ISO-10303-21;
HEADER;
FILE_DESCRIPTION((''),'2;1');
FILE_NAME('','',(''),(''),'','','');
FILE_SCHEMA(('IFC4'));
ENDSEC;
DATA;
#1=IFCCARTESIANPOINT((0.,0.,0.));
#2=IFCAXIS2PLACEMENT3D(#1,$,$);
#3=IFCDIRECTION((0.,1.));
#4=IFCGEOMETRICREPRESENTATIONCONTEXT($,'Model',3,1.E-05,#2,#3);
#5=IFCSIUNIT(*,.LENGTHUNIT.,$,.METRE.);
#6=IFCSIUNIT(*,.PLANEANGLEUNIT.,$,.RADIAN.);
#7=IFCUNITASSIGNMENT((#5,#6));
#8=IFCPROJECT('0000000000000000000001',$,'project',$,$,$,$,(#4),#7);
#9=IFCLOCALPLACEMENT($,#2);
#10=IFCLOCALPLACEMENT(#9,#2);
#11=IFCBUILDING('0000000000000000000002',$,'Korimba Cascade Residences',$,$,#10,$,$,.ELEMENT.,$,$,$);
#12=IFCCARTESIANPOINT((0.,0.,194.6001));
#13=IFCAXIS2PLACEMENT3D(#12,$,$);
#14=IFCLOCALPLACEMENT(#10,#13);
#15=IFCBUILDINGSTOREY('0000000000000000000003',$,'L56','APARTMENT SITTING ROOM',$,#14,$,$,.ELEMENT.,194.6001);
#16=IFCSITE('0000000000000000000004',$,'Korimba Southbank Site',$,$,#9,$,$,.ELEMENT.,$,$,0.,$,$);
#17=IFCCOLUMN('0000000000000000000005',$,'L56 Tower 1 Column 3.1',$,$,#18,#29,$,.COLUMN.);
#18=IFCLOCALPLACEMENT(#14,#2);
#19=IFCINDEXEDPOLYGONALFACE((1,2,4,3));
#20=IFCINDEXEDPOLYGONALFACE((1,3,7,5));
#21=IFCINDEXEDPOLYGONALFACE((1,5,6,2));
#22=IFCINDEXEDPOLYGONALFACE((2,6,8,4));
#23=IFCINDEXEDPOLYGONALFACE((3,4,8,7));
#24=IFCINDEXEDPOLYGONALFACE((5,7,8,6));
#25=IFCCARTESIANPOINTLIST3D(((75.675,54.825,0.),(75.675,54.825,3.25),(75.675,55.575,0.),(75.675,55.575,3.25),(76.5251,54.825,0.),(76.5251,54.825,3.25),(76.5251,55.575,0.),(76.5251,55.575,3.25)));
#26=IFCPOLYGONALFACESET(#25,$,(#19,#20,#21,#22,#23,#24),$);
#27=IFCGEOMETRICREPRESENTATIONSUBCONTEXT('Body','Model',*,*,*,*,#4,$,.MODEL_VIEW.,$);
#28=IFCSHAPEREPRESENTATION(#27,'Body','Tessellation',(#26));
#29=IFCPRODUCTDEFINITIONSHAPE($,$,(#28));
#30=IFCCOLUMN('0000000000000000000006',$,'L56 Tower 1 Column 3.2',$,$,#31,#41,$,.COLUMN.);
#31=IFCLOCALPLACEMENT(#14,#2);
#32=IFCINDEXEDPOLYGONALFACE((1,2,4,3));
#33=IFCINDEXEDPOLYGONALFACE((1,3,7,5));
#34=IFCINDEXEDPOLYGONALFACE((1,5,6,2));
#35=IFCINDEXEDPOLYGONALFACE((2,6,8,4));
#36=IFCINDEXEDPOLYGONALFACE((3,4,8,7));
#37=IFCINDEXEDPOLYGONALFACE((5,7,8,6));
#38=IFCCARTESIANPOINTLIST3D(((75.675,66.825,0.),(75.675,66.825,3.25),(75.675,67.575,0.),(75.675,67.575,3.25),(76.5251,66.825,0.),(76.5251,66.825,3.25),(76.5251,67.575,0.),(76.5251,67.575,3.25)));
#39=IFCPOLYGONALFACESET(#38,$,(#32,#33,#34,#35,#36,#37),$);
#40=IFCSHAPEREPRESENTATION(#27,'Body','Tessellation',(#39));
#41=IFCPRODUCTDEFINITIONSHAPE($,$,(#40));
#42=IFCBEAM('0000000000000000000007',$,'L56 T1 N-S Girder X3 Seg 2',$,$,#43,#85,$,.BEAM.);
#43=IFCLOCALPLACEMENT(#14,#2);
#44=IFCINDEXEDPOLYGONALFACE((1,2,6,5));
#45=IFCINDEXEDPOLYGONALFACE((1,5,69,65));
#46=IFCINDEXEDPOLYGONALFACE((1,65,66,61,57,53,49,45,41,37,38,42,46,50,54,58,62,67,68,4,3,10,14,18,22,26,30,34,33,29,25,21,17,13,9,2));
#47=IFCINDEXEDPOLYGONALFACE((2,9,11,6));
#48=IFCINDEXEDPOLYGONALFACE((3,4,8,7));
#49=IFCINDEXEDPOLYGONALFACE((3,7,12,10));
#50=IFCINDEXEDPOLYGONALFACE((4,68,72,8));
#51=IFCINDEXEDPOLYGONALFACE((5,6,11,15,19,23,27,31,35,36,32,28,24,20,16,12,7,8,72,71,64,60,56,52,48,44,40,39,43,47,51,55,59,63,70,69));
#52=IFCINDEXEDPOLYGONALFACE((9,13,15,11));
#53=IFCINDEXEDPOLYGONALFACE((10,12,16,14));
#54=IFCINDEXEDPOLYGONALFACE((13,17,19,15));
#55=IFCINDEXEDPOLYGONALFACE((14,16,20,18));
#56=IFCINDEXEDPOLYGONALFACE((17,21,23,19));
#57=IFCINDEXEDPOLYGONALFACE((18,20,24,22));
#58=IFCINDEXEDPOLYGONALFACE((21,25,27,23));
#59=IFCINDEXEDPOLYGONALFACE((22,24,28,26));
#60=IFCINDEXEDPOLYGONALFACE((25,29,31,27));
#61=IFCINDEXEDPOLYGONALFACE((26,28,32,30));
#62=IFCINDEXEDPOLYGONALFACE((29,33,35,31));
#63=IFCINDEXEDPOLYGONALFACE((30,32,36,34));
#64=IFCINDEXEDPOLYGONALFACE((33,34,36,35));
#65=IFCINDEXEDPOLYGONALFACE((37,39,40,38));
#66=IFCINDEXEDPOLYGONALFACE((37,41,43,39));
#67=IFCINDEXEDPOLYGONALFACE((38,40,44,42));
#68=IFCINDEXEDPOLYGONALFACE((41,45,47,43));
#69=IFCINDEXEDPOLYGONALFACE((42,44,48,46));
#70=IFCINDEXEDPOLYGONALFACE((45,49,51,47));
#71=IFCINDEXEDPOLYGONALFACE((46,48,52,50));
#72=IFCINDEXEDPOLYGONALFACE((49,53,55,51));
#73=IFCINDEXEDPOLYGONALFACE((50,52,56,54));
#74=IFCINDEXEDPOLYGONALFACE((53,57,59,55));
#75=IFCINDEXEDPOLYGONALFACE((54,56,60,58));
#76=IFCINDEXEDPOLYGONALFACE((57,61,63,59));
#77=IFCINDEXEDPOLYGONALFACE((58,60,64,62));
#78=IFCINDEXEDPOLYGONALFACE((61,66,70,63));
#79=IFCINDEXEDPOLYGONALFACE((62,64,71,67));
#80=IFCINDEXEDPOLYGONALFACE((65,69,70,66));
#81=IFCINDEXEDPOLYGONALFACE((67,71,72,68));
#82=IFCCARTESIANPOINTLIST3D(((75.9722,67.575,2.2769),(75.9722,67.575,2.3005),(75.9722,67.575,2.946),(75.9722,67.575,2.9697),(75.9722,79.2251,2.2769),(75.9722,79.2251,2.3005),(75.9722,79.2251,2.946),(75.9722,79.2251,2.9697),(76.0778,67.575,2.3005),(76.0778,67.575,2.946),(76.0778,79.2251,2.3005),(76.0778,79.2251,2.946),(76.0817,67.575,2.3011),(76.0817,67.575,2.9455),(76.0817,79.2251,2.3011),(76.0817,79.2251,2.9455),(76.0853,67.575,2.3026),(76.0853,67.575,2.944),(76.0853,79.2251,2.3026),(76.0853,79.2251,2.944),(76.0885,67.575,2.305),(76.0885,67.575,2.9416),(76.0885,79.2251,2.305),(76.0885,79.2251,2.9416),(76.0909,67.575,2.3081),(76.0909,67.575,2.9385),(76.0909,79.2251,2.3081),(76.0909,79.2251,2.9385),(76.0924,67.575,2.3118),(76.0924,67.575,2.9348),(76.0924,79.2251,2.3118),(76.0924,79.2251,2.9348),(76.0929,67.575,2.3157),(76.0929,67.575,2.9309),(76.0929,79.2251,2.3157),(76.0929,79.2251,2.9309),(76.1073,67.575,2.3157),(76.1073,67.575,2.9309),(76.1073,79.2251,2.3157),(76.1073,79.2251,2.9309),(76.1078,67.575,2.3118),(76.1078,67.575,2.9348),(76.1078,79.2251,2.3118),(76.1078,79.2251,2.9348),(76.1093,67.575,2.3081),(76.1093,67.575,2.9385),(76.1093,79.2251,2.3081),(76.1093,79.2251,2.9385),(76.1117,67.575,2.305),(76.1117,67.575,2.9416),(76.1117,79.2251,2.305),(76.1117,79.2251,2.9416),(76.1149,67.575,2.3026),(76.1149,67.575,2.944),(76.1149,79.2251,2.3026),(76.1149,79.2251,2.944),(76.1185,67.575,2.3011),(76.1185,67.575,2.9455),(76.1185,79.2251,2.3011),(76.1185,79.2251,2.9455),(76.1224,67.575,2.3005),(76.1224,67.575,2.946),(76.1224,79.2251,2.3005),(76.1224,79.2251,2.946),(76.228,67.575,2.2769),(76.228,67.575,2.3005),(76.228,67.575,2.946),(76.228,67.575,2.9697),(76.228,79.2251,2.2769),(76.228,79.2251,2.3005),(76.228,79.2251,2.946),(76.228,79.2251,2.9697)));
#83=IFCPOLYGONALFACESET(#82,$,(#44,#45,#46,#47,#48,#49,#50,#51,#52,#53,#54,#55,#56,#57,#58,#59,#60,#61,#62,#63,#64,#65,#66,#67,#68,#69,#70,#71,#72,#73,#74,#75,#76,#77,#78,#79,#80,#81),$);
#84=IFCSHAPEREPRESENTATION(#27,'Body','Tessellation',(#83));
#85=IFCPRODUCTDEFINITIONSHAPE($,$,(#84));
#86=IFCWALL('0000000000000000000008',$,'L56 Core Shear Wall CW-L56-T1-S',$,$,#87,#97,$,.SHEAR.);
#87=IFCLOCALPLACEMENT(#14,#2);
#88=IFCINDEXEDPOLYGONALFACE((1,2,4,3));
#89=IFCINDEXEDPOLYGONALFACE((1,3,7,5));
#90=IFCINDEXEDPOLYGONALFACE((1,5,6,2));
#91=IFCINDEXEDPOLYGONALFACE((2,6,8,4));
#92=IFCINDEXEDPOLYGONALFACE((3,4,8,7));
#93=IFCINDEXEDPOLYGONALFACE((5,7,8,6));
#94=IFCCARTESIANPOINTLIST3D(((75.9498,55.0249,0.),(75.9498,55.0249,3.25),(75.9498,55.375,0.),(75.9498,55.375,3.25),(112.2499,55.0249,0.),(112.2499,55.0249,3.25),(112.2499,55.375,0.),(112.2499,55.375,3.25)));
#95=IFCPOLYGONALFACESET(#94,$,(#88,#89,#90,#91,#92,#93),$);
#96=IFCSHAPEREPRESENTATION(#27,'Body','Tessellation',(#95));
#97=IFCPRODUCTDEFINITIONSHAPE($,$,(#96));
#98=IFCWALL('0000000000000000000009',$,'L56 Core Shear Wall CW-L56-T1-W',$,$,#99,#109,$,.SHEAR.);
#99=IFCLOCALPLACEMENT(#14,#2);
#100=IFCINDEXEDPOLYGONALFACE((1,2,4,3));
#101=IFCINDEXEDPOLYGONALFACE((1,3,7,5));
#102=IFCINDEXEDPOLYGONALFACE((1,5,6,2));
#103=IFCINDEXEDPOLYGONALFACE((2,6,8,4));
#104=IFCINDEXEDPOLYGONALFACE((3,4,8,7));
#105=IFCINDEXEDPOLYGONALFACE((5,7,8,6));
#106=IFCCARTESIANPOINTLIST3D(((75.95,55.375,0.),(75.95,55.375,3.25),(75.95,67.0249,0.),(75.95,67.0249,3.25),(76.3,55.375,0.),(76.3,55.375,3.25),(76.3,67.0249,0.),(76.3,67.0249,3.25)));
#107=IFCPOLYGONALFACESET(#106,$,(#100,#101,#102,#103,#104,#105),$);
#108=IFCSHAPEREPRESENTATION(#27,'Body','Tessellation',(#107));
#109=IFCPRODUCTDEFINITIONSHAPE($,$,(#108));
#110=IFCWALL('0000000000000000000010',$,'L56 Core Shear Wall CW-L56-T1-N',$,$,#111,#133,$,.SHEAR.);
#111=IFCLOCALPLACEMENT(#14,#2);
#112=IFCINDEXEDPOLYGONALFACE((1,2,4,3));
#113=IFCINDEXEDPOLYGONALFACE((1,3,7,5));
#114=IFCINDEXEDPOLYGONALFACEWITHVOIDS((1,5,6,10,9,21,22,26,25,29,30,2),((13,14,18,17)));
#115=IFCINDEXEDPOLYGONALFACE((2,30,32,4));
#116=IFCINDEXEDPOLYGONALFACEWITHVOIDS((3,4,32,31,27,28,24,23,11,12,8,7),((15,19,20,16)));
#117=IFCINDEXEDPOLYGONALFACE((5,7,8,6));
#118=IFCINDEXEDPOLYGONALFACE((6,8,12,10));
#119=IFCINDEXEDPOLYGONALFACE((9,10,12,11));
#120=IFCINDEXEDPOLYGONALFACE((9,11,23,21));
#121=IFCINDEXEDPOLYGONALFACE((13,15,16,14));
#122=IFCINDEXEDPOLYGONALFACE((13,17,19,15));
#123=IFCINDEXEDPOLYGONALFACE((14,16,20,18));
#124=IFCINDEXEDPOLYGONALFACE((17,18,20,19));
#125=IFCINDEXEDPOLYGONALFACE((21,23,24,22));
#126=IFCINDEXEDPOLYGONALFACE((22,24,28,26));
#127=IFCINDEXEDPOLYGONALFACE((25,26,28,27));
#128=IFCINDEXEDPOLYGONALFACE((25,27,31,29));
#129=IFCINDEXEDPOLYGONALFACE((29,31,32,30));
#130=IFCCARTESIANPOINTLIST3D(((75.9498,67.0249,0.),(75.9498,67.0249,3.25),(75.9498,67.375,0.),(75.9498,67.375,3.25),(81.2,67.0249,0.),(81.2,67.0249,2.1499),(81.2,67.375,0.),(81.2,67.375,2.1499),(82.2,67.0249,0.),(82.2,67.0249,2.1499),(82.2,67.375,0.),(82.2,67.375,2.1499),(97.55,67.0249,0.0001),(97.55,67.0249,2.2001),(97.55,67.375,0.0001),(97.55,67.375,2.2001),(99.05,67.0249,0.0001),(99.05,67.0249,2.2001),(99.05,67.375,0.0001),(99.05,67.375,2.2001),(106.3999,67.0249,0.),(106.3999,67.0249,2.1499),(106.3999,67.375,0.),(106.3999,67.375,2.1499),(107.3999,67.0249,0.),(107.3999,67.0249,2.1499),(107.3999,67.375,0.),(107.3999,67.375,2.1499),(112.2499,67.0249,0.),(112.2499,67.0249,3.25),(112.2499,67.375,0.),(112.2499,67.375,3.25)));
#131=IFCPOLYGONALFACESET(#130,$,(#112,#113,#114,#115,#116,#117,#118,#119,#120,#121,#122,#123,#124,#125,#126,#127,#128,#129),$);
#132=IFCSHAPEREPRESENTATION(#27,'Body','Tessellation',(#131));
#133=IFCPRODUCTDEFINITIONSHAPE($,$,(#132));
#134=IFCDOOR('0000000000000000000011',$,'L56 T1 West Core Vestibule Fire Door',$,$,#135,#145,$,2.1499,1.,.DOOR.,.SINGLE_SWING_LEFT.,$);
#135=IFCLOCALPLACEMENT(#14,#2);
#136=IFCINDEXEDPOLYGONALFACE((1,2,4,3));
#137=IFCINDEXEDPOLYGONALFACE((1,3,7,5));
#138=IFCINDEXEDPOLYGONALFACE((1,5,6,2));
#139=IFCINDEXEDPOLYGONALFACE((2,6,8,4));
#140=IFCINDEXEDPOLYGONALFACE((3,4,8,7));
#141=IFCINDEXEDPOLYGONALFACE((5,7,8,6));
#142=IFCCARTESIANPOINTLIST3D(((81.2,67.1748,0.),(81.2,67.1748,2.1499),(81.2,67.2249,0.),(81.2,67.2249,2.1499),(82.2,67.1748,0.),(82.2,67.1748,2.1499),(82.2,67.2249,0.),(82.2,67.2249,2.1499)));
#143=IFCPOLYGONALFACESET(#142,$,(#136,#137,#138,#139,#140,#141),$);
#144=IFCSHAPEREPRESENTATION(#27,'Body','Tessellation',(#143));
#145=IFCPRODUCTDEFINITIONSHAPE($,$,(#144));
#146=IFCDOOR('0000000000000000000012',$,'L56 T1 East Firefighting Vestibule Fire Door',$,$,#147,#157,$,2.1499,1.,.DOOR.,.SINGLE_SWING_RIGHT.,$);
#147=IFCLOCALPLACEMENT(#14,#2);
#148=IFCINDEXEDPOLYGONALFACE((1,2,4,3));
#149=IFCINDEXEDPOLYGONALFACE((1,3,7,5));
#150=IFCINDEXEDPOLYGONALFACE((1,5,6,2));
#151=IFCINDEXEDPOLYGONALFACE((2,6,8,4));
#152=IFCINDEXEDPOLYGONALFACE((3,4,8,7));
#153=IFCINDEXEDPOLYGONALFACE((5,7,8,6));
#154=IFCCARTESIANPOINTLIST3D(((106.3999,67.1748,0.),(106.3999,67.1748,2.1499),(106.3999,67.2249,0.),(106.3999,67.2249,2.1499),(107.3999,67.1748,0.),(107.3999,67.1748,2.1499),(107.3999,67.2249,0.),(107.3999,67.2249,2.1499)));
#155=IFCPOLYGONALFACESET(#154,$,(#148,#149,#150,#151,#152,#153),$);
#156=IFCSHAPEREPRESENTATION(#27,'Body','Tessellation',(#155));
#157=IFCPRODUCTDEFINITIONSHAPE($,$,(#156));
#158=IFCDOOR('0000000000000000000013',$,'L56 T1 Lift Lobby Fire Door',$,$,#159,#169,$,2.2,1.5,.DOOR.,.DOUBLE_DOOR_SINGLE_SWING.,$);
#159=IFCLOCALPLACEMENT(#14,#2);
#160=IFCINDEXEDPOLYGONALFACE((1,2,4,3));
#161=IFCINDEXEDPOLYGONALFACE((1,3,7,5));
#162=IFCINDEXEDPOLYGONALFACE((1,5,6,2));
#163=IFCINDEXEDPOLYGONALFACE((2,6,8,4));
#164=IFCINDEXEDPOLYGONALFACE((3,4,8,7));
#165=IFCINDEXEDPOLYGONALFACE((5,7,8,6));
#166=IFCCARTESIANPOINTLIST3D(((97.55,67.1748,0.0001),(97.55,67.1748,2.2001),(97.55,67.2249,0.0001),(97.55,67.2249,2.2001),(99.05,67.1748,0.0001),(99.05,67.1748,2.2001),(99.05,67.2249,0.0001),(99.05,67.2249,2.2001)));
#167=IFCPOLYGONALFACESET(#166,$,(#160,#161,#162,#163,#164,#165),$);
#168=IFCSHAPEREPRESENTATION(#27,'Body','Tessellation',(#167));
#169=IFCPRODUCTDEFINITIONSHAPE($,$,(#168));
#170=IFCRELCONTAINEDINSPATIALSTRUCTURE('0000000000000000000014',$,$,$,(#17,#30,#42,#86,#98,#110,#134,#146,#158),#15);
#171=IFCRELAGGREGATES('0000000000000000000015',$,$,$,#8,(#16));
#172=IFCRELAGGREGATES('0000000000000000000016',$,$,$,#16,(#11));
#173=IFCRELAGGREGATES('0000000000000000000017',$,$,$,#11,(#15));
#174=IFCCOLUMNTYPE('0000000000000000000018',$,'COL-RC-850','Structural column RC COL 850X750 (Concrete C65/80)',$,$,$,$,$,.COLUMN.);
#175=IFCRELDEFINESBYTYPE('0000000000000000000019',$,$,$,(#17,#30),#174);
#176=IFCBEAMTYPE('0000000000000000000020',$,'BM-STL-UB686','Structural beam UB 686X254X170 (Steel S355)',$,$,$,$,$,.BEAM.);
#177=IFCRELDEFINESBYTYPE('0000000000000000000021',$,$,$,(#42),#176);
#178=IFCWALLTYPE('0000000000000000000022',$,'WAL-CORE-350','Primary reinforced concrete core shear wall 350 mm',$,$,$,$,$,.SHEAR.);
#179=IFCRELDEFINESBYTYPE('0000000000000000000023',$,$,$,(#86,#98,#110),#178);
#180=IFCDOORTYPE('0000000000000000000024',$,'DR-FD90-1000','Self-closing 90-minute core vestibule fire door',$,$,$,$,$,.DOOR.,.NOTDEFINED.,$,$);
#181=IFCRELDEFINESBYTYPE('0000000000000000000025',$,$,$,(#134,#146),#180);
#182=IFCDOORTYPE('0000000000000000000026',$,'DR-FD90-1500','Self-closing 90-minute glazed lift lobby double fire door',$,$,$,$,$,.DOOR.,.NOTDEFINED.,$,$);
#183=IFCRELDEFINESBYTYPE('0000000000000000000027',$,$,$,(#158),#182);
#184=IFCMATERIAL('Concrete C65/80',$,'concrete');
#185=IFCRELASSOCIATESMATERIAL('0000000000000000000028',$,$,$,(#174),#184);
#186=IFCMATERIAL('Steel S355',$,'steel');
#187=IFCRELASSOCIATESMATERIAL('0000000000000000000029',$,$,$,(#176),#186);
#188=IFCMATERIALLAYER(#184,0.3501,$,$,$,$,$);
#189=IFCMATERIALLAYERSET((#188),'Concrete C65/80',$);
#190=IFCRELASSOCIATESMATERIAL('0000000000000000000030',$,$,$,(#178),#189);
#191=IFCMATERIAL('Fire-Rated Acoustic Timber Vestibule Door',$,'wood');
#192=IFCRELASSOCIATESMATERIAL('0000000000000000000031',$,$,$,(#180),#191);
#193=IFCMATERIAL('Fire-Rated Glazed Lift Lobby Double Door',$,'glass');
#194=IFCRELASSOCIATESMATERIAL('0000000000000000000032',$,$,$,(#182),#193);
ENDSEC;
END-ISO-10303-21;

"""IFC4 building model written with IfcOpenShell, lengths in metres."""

from ifc_helpers import new_model, si_unit, direction, frame, frame_2d, origin, origin_2d, place, context, subcontext, project, spatial, rectangle, i_section, extrude, material, layer, layer_set, material_profile, profile_set, type_object, element, fill, save


model = new_model("IFC4")

# Units and contexts
model_context = context("Model", 3, precision=1e-05, world=origin(), true_north=direction((0.0, 1.0)))
body_context = subcontext(model_context, "Body", "Model", "MODEL_VIEW")
ifc_project = project(units=[si_unit("LENGTHUNIT", "METRE"), si_unit("PLANEANGLEUNIT", "RADIAN")], contexts=[model_context])

# Site, building, storey
site_placement = place(None, origin())
site = spatial("IfcSite", under=ifc_project, at=site_placement, Name="Korimba Southbank Site", CompositionType="ELEMENT", RefElevation=0.0)
building_placement = place(site_placement, origin())
building = spatial("IfcBuilding", under=site, at=building_placement, Name="Korimba Cascade Residences", CompositionType="ELEMENT")
storey_placement = place(building_placement, frame((0.0, 0.0, 194.6001)))
storey = spatial("IfcBuildingStorey", under=building, at=storey_placement, Name="L56", Description="APARTMENT SITTING ROOM", CompositionType="ELEMENT", Elevation=194.6001)

# Columns
ifc_material_1 = material(Name="Concrete C65/80", Category="concrete")
ifc_material_profile_1 = material_profile(ifc_material_1, rectangle(XDim=0.8501, YDim=0.75, at=origin_2d()), Name="Concrete C65/80")
ifc_profile_set_1 = profile_set([ifc_material_profile_1], Name="Concrete C65/80")
column_type = type_object("IfcColumnType", Name="COL-RC-850", Description="Structural column RC COL 850X750 (Concrete C65/80)", PredefinedType="COLUMN", material=ifc_profile_set_1)
for number, where, z_axis, x_axis, name in (
    (1, (76.1001, 55.2, 0.0), (0.0, 0.0, 1.0), (1.0, 0.0, 0.0), "L56 Tower 1 Column 3.1"),
    (2, (76.1001, 67.2, 0.0), (0.0, 0.0, 1.0), (1.0, 0.0, 0.0), "L56 Tower 1 Column 3.2"),
):
    element("IfcColumn", number, at=place(storey_placement, frame(where, z_axis=z_axis, x_axis=x_axis)), inside=storey, type_object=column_type, Name=name, PredefinedType="COLUMN", context=body_context, shape_type="SweptSolid", body=[
        extrude(rectangle(XDim=0.8501, YDim=0.75, at=origin_2d()), origin(), (0.0, 0.0, 1.0), 3.25),
    ])

# Beam
ifc_material_2 = material(Name="Steel S355", Category="steel")
ifc_material_profile_2 = material_profile(ifc_material_2, i_section(OverallWidth=0.2559, OverallDepth=0.6929, WebThickness=0.0144, FlangeThickness=0.0237, FilletRadius=0.0151, at=origin_2d()), Name="Steel S355")
ifc_profile_set_2 = profile_set([ifc_material_profile_2], Name="Steel S355")
beam_type = type_object("IfcBeamType", Name="BM-STL-UB686", Description="Structural beam UB 686X254X170 (Steel S355)", PredefinedType="BEAM", material=ifc_profile_set_2)
beam_placement = place(storey_placement, frame((76.1001, 67.575, 2.6233), z_axis=(0.0, 1.0, 0.0), x_axis=(-1.0, 0.0, 0.0)))
element("IfcBeam", 3, at=beam_placement, inside=storey, type_object=beam_type, Name="L56 T1 N-S Girder X3 Seg 2", PredefinedType="BEAM", context=body_context, shape_type="SweptSolid", body=[
    extrude(i_section(OverallWidth=0.2559, OverallDepth=0.6929, WebThickness=0.0144, FlangeThickness=0.0237, FilletRadius=0.0151, at=origin_2d()), origin(), (0.0, 0.0, 1.0), 11.6501),
])

# Walls
ifc_layer_1 = layer(ifc_material_1, 0.3501)
ifc_layer_set_1 = layer_set([ifc_layer_1], Name="Concrete C65/80")
wall_type_1 = type_object("IfcWallType", Name="WAL-CORE-350", Description="Primary reinforced concrete core shear wall 350 mm", PredefinedType="SHEAR", material=ifc_layer_set_1)
wall_1_placement = place(storey_placement, frame((75.95, 55.2, 0.0), z_axis=(0.0, 0.0, 1.0), x_axis=(1.0, 0.0, 0.0)))
element("IfcWall", 4, at=wall_1_placement, inside=storey, type_object=wall_type_1, Name="L56 Core Shear Wall CW-L56-T1-S", PredefinedType="SHEAR", context=body_context, shape_type="SweptSolid", body=[
    extrude(rectangle(XDim=36.3, YDim=0.3501, at=frame_2d((18.1499, 0.0))), origin(), (0.0, 0.0, 1.0), 3.25),
])
wall_2_placement = place(storey_placement, frame((76.125, 55.375, 0.0), z_axis=(0.0, 0.0, 1.0), x_axis=(0.0, 1.0, 0.0)))
element("IfcWall", 5, at=wall_2_placement, inside=storey, type_object=wall_type_1, Name="L56 Core Shear Wall CW-L56-T1-W", PredefinedType="SHEAR", context=body_context, shape_type="SweptSolid", body=[
    extrude(rectangle(XDim=11.6499, YDim=0.3501, at=frame_2d((5.825, 0.0))), origin(), (0.0, 0.0, 1.0), 3.25),
])

# Wall, openings, doors
wall_3_placement = place(storey_placement, frame((75.95, 67.2, 0.0), z_axis=(0.0, 0.0, 1.0), x_axis=(1.0, 0.0, 0.0)))
wall_3 = element("IfcWall", 6, at=wall_3_placement, inside=storey, type_object=wall_type_1, Name="L56 Core Shear Wall CW-L56-T1-N", PredefinedType="SHEAR", context=body_context, shape_type="SweptSolid", body=[
    extrude(rectangle(XDim=36.3, YDim=0.3501, at=frame_2d((18.1499, 0.0))), origin(), (0.0, 0.0, 1.0), 3.25),
])
opening_1_placement = place(wall_3_placement, frame((5.25, 0.0, 0.0)))
opening_1 = element("IfcOpeningElement", 7, at=opening_1_placement, cuts=wall_3, PredefinedType="OPENING", context=body_context, shape_type="SweptSolid", body=[
    extrude(rectangle(XDim=1.0, YDim=2.1499, at=frame_2d((0.5, 1.075))), frame((0.0, 0.1851, 0.0), z_axis=(0.0, -1.0, 0.0), x_axis=(1.0, 0.0, 0.0)), (0.0, 0.0, 1.0), 0.3701),
])
opening_2_placement = place(wall_3_placement, frame((21.6001, 0.0, 0.0)))
opening_2 = element("IfcOpeningElement", 8, at=opening_2_placement, cuts=wall_3, PredefinedType="OPENING", context=body_context, shape_type="SweptSolid", body=[
    extrude(rectangle(XDim=1.5, YDim=2.2, at=frame_2d((0.75, 1.1001))), frame((0.0, 0.1851, 0.0), z_axis=(0.0, -1.0, 0.0), x_axis=(1.0, 0.0, 0.0)), (0.0, 0.0, 1.0), 0.3701),
])
opening_3_placement = place(wall_3_placement, frame((30.45, 0.0, 0.0)))
opening_3 = element("IfcOpeningElement", 9, at=opening_3_placement, cuts=wall_3, PredefinedType="OPENING", context=body_context, shape_type="SweptSolid", body=[
    extrude(rectangle(XDim=1.0, YDim=2.1499, at=frame_2d((0.5, 1.075))), frame((0.0, 0.1851, 0.0), z_axis=(0.0, -1.0, 0.0), x_axis=(1.0, 0.0, 0.0)), (0.0, 0.0, 1.0), 0.3701),
])
ifc_material_3 = material(Name="Fire-Rated Acoustic Timber Vestibule Door", Category="wood")
door_type_1 = type_object("IfcDoorType", Name="DR-FD90-1000", Description="Self-closing 90-minute core vestibule fire door", OperationType="NOTDEFINED", PredefinedType="DOOR", material=ifc_material_3)
door_1_placement = place(opening_1_placement, origin())
door_1 = element("IfcDoor", 10, at=door_1_placement, inside=storey, type_object=door_type_1, Name="L56 T1 West Core Vestibule Fire Door", OperationType="SINGLE_SWING_LEFT", OverallHeight=2.1499, OverallWidth=1.0, PredefinedType="DOOR", context=body_context, shape_type="SweptSolid", body=[
    extrude(rectangle(XDim=1.0, YDim=2.1499, at=frame_2d((0.5, 1.075))), frame((0.0, 0.0249, 0.0), z_axis=(0.0, -1.0, 0.0), x_axis=(1.0, 0.0, 0.0)), (0.0, 0.0, 1.0), 0.05),
])
fill(opening_1, door_1)
door_2_placement = place(opening_3_placement, origin())
door_2 = element("IfcDoor", 11, at=door_2_placement, inside=storey, type_object=door_type_1, Name="L56 T1 East Firefighting Vestibule Fire Door", OperationType="SINGLE_SWING_RIGHT", OverallHeight=2.1499, OverallWidth=1.0, PredefinedType="DOOR", context=body_context, shape_type="SweptSolid", body=[
    extrude(rectangle(XDim=1.0, YDim=2.1499, at=frame_2d((0.5, 1.075))), frame((0.0, 0.0249, 0.0), z_axis=(0.0, -1.0, 0.0), x_axis=(1.0, 0.0, 0.0)), (0.0, 0.0, 1.0), 0.05),
])
fill(opening_3, door_2)
ifc_material_4 = material(Name="Fire-Rated Glazed Lift Lobby Double Door", Category="glass")
door_type_2 = type_object("IfcDoorType", Name="DR-FD90-1500", Description="Self-closing 90-minute glazed lift lobby double fire door", OperationType="NOTDEFINED", PredefinedType="DOOR", material=ifc_material_4)
door_3_placement = place(opening_2_placement, origin())
door_3 = element("IfcDoor", 12, at=door_3_placement, inside=storey, type_object=door_type_2, Name="L56 T1 Lift Lobby Fire Door", OperationType="DOUBLE_DOOR_SINGLE_SWING", OverallHeight=2.2, OverallWidth=1.5, PredefinedType="DOOR", context=body_context, shape_type="SweptSolid", body=[
    extrude(rectangle(XDim=1.5, YDim=2.2, at=frame_2d((0.75, 1.1001))), frame((0.0, 0.0249, 0.0), z_axis=(0.0, -1.0, 0.0), x_axis=(1.0, 0.0, 0.0)), (0.0, 0.0, 1.0), 0.05),
])
fill(opening_2, door_3)

save(model, "model.ifc")
